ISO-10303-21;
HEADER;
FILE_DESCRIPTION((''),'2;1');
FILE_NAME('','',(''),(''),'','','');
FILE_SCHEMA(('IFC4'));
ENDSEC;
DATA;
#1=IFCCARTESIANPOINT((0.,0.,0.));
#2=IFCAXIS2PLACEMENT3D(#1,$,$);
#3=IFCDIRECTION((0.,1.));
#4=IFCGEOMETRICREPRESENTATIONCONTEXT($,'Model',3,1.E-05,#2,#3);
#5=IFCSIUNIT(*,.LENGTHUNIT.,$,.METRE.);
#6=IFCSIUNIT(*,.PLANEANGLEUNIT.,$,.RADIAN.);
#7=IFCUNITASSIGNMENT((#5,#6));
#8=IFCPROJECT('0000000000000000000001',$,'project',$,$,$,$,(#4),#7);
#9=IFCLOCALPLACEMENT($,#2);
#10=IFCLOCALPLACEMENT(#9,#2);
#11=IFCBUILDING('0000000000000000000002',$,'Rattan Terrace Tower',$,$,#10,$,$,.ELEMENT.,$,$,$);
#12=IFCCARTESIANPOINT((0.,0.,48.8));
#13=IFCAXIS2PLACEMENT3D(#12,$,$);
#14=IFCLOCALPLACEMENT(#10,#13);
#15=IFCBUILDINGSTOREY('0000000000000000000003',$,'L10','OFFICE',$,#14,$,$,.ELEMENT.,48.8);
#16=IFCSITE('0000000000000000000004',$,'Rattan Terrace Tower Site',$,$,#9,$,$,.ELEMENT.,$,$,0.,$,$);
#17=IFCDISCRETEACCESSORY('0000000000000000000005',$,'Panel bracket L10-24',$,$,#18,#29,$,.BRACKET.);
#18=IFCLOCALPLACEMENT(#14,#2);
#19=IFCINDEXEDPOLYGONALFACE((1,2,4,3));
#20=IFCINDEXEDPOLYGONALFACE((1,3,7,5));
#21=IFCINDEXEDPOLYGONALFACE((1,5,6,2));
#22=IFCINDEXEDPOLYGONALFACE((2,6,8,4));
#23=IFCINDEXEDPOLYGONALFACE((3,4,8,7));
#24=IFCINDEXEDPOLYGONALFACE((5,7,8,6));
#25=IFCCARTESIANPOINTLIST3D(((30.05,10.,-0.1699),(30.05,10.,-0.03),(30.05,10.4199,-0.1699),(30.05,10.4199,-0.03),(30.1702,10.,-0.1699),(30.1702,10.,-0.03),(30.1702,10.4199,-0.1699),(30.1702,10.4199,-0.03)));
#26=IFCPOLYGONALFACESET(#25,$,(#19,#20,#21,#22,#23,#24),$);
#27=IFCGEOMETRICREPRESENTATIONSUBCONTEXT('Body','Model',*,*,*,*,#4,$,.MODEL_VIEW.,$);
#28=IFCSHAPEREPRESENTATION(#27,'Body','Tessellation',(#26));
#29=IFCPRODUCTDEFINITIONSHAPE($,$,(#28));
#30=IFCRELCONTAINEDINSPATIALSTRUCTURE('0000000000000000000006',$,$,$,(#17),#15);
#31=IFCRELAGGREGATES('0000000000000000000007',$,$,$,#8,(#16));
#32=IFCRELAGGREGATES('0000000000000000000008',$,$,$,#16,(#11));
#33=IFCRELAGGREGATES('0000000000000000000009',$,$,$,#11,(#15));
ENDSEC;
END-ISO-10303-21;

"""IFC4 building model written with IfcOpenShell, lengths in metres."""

from ifc_helpers import new_model, si_unit, direction, frame, origin, origin_2d, place, context, subcontext, project, spatial, rectangle, extrude, element, save


model = new_model("IFC4")

# Units and contexts
model_context = context("Model", 3, precision=1e-05, world=origin(), true_north=direction((0.0, 1.0)))
body_context = subcontext(model_context, "Body", "Model", "MODEL_VIEW")
ifc_project = project(units=[si_unit("LENGTHUNIT", "METRE"), si_unit("PLANEANGLEUNIT", "RADIAN")], contexts=[model_context])

# Site, building, storey
site_placement = place(None, origin())
site = spatial("IfcSite", under=ifc_project, at=site_placement, Name="Rattan Terrace Tower Site", CompositionType="ELEMENT", RefElevation=0.0)
building_placement = place(site_placement, origin())
building = spatial("IfcBuilding", under=site, at=building_placement, Name="Rattan Terrace Tower", CompositionType="ELEMENT")
storey_placement = place(building_placement, frame((0.0, 0.0, 48.8)))
storey = spatial("IfcBuildingStorey", under=building, at=storey_placement, Name="L10", Description="OFFICE", CompositionType="ELEMENT", Elevation=48.8)

# Discrete accessory
for number, where, z_axis, x_axis, name in (
    (1, (30.1101, 10.21, -0.1699), (0.0, 0.0, 1.0), (-1.0, 0.0, 0.0), "Panel bracket L10-24"),
):
    element("IfcDiscreteAccessory", number, at=place(storey_placement, frame(where, z_axis=z_axis, x_axis=x_axis)), inside=storey, Name=name, PredefinedType="BRACKET", context=body_context, shape_type="SweptSolid", body=[
        extrude(rectangle(XDim=0.1201, YDim=0.4199, at=origin_2d()), origin(), (0.0, 0.0, 1.0), 0.1399),
    ])

save(model, "model.ifc")
